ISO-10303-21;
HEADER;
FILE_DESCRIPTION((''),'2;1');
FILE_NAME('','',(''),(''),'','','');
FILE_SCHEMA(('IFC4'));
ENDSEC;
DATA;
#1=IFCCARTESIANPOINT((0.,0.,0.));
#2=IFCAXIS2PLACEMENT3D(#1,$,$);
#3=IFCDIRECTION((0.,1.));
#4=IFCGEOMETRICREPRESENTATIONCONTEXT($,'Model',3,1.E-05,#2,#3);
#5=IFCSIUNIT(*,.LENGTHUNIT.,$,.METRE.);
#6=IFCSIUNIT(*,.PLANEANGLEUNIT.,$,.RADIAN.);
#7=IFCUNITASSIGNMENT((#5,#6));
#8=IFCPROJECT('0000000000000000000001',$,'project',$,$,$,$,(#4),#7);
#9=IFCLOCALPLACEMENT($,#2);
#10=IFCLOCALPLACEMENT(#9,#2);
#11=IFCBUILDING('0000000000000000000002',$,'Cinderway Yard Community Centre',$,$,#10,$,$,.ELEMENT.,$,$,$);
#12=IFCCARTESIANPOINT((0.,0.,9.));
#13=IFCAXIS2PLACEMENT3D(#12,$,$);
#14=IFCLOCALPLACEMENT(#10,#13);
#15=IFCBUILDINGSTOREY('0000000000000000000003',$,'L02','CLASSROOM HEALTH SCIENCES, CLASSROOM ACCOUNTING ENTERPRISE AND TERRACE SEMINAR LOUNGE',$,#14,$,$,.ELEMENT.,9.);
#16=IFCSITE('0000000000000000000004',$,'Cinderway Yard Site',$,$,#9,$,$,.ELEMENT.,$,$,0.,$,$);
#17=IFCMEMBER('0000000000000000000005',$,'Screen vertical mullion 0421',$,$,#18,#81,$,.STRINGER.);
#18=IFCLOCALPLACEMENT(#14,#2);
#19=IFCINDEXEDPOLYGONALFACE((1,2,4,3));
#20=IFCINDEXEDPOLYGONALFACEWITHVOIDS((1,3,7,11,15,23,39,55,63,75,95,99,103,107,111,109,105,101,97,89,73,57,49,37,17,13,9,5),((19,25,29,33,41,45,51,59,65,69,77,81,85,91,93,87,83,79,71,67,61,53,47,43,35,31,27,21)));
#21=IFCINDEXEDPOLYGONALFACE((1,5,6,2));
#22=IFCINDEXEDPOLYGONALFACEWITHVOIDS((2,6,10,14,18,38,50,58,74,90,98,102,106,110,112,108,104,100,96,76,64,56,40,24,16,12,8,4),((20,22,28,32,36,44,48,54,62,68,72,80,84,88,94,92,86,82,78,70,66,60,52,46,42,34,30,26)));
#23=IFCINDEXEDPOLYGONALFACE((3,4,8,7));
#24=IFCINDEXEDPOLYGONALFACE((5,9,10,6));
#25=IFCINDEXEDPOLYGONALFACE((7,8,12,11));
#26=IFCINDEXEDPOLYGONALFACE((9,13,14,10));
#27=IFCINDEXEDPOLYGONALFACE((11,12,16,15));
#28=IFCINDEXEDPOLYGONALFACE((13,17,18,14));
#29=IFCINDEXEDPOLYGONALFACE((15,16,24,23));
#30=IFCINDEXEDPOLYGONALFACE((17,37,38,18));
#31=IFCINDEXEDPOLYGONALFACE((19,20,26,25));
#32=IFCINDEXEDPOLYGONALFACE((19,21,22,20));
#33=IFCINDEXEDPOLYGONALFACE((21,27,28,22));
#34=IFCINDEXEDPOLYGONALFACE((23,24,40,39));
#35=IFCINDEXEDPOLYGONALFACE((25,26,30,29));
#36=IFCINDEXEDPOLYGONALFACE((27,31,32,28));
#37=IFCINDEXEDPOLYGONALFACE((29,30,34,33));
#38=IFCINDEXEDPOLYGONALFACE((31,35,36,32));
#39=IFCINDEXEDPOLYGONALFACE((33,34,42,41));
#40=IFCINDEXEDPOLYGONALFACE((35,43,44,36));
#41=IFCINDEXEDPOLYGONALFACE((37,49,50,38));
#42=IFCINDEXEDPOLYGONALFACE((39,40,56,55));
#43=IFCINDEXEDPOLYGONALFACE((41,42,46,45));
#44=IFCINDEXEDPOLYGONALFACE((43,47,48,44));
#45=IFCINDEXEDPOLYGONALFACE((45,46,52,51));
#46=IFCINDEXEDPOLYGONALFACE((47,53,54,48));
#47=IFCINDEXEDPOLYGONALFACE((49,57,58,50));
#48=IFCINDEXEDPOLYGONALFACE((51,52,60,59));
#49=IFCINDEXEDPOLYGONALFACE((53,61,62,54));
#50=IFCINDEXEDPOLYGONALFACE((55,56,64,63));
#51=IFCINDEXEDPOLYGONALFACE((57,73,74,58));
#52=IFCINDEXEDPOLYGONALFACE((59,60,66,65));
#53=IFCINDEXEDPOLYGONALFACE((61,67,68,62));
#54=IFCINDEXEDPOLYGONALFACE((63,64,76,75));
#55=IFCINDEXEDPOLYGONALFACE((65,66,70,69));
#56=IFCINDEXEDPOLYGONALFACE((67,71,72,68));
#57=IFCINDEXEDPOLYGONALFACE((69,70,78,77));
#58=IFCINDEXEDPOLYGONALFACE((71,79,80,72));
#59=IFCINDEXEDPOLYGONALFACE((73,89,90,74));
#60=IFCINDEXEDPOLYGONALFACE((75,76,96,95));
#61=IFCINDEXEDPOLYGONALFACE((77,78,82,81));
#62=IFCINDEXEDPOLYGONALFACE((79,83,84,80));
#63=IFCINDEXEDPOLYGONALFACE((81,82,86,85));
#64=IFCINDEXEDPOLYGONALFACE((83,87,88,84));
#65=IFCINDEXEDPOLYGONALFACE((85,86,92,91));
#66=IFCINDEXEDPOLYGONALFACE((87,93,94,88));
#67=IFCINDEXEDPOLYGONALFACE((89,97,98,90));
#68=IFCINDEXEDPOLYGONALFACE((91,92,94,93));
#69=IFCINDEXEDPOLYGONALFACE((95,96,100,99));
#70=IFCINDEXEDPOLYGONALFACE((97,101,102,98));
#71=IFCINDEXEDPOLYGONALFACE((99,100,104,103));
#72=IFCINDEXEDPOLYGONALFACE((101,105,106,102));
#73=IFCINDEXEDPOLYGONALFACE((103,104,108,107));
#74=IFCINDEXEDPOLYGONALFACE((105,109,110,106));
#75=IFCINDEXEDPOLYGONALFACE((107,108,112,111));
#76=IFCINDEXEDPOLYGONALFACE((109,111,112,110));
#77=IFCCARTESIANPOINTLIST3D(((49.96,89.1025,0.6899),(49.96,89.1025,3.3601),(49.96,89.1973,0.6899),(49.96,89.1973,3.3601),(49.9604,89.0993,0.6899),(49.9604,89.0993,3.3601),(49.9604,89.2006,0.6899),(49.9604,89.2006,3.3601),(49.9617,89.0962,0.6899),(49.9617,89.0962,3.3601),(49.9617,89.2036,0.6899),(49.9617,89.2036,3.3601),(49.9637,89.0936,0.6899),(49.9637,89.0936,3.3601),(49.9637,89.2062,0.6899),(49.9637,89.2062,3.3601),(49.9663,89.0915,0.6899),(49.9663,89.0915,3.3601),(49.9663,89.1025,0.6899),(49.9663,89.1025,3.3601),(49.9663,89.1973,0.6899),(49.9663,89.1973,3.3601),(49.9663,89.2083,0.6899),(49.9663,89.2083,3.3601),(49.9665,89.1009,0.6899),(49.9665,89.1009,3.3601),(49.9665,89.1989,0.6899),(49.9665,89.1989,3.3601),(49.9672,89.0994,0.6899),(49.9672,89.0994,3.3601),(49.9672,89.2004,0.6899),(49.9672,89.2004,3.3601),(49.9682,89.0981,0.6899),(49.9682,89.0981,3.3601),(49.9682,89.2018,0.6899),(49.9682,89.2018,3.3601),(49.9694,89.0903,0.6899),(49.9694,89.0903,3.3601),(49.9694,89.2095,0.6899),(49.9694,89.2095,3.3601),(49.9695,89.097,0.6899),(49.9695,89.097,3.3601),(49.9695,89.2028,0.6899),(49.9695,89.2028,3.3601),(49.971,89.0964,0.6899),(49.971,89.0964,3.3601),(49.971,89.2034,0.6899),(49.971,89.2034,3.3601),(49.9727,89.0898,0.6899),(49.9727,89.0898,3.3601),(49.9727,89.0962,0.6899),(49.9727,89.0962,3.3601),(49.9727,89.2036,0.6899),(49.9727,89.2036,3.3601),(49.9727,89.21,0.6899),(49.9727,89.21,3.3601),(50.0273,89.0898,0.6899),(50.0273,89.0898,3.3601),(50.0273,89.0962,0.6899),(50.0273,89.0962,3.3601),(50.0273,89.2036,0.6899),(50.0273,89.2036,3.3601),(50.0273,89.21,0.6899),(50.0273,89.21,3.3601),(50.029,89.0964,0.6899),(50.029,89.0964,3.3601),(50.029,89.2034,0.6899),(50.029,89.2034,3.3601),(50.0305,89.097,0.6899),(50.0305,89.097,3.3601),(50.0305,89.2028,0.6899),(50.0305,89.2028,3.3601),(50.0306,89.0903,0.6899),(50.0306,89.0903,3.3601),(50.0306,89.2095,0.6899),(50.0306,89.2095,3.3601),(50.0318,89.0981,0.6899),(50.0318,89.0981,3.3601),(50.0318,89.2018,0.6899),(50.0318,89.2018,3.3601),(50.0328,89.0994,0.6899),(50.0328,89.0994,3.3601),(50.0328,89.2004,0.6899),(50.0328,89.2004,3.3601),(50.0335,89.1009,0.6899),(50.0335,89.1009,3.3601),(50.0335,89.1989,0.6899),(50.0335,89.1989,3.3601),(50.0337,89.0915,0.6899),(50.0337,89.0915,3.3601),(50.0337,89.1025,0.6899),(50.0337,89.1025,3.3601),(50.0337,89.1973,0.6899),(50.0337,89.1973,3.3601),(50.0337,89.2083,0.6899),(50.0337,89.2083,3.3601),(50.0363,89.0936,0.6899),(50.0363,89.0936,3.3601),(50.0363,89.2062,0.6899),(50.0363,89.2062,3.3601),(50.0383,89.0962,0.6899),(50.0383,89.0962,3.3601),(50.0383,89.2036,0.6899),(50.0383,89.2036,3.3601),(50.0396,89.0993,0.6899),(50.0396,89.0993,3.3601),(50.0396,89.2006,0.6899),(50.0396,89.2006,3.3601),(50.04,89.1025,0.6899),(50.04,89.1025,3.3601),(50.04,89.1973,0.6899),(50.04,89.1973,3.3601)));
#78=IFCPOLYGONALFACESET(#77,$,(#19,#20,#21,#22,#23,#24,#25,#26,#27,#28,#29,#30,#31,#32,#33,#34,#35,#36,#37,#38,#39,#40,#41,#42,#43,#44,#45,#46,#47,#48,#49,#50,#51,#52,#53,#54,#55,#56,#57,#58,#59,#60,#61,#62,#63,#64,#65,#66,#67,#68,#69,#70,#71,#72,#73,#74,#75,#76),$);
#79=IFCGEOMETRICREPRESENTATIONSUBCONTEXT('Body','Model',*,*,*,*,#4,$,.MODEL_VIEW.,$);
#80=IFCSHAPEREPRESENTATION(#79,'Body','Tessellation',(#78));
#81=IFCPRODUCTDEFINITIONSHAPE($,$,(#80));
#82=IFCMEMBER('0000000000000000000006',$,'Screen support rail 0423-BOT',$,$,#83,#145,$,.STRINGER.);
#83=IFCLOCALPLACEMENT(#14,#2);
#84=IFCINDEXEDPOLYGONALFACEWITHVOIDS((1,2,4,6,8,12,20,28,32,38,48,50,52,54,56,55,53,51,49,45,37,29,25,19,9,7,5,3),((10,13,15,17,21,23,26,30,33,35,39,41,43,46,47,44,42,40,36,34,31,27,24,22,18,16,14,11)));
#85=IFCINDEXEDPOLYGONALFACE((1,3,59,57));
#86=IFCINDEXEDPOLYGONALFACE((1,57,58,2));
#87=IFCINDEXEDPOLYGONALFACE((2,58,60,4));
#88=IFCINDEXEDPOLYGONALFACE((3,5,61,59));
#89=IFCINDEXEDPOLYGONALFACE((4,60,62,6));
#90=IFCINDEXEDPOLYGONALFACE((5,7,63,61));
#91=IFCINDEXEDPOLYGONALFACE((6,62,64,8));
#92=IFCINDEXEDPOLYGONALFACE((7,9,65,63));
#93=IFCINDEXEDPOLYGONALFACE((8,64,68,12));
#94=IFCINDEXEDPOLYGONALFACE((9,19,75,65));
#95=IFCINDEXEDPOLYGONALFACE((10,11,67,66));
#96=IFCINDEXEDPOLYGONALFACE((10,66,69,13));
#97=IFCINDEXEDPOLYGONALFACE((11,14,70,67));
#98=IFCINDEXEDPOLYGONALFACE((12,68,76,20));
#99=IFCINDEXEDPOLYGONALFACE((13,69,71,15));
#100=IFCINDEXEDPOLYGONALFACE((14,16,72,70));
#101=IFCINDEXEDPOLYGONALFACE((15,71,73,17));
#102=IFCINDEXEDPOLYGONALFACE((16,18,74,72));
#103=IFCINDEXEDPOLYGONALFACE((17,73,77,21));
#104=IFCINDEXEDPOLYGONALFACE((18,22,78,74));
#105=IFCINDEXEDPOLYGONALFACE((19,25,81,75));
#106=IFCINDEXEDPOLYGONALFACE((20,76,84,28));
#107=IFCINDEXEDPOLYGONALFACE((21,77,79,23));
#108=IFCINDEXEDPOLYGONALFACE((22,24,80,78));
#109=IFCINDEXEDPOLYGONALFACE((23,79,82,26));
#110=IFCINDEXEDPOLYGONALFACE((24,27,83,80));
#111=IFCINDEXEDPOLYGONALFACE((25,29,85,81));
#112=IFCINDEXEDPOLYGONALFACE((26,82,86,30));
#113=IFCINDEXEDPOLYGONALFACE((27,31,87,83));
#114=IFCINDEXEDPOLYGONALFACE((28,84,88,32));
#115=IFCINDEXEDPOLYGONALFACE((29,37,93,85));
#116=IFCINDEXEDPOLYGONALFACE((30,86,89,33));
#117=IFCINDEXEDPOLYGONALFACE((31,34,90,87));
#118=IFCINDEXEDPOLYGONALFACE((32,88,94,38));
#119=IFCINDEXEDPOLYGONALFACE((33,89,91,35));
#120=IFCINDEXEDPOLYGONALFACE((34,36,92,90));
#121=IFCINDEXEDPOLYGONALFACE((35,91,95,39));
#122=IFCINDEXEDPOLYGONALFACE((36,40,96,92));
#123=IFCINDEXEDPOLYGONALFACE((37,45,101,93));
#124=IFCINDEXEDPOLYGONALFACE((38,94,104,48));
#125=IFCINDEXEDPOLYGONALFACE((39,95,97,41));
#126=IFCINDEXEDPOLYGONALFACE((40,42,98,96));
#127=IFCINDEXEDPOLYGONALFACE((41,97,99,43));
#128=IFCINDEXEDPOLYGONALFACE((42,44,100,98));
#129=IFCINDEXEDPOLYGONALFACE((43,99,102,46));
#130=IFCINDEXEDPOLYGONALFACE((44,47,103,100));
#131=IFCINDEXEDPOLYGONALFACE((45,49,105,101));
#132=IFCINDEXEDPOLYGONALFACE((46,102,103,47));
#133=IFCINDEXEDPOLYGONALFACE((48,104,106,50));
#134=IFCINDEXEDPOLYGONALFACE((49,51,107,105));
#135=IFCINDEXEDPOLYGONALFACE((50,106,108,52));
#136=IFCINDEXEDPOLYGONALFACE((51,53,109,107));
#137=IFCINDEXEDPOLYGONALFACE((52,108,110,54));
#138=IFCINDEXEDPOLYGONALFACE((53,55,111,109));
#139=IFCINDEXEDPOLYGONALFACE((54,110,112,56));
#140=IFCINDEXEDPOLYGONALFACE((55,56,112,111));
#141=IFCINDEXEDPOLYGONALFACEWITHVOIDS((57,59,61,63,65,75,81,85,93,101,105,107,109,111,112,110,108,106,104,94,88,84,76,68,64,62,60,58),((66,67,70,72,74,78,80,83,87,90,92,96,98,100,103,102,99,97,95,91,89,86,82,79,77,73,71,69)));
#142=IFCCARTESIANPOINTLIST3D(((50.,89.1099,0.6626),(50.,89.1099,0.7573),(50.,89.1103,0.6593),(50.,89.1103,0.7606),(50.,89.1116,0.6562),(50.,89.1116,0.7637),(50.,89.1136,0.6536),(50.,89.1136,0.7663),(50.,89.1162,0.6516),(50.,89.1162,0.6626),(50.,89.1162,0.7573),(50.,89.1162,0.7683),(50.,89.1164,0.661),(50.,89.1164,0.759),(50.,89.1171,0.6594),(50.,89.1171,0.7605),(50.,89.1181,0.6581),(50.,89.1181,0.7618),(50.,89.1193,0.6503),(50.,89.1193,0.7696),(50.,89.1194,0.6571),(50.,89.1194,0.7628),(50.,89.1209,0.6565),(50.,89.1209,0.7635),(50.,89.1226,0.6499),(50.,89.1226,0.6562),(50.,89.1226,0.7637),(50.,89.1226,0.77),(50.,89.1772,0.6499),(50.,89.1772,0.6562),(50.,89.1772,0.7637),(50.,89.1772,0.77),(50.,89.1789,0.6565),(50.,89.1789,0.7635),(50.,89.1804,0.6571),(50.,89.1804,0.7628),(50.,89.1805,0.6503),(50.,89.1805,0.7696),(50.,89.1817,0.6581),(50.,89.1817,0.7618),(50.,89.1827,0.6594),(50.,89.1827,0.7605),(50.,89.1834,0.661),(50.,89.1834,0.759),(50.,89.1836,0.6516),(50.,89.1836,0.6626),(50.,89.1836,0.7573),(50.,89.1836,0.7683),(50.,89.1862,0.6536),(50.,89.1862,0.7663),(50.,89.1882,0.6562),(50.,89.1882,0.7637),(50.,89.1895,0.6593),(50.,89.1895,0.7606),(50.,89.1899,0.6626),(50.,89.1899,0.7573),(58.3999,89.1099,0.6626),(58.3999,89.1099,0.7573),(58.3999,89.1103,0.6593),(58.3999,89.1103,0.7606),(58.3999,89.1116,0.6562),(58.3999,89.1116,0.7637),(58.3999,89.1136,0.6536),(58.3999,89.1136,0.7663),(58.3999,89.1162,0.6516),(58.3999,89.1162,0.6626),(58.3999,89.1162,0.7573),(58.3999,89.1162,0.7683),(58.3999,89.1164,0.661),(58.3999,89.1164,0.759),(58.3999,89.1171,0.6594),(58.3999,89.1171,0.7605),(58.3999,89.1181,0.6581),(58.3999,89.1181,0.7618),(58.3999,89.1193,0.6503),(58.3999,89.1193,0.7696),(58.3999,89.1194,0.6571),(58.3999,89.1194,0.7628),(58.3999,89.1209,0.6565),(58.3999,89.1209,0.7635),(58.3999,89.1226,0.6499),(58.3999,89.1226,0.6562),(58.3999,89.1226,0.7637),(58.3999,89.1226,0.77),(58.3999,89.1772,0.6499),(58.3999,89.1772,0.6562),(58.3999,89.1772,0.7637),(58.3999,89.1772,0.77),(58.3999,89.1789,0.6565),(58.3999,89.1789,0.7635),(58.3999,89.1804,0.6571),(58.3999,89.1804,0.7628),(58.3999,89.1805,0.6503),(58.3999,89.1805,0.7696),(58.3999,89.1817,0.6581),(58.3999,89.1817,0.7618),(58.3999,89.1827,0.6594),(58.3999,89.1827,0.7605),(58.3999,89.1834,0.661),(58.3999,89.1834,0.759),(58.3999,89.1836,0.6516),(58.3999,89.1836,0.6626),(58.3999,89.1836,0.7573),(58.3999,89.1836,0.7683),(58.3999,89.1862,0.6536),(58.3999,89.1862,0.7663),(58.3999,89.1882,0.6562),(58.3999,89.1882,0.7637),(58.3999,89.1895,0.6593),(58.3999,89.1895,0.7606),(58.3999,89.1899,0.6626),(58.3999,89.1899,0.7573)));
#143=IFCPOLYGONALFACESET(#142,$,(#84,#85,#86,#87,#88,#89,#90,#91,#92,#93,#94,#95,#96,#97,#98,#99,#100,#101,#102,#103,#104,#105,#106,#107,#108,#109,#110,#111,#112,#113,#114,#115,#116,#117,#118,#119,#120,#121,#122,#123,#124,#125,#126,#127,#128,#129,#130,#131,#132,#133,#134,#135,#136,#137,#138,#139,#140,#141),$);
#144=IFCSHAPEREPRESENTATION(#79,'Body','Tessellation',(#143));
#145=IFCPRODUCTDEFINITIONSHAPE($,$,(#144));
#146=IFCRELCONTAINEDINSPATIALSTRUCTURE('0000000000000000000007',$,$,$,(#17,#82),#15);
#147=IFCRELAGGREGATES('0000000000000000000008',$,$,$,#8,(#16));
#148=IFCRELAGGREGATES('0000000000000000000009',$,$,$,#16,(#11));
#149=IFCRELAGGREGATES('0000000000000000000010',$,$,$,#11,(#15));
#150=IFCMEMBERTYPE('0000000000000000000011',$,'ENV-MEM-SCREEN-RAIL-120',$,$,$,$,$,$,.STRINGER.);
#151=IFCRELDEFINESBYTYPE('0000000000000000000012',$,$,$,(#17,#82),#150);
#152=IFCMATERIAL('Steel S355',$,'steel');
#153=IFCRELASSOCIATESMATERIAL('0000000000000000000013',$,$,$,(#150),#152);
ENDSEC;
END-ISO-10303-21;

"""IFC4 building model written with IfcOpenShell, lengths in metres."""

from ifc_helpers import new_model, si_unit, direction, frame, origin, origin_2d, place, context, subcontext, project, spatial, hollow_rectangle, extrude, material, material_profile, profile_set, type_object, element, save


model = new_model("IFC4")

# Units and contexts
model_context = context("Model", 3, precision=1e-05, world=origin(), true_north=direction((0.0, 1.0)))
body_context = subcontext(model_context, "Body", "Model", "MODEL_VIEW")
ifc_project = project(units=[si_unit("LENGTHUNIT", "METRE"), si_unit("PLANEANGLEUNIT", "RADIAN")], contexts=[model_context])

# Site, building, storey
site_placement = place(None, origin())
site = spatial("IfcSite", under=ifc_project, at=site_placement, Name="Cinderway Yard Site", CompositionType="ELEMENT", RefElevation=0.0)
building_placement = place(site_placement, origin())
building = spatial("IfcBuilding", under=site, at=building_placement, Name="Cinderway Yard Community Centre", CompositionType="ELEMENT")
storey_placement = place(building_placement, frame((0.0, 0.0, 9.0)))
storey = spatial("IfcBuildingStorey", under=building, at=storey_placement, Name="L02", Description="CLASSROOM HEALTH SCIENCES, CLASSROOM ACCOUNTING ENTERPRISE AND TERRACE SEMINAR LOUNGE", CompositionType="ELEMENT", Elevation=9.0)

# Members
ifc_material_1 = material(Name="Steel S355", Category="steel")
ifc_material_profile_1 = material_profile(ifc_material_1, hollow_rectangle(XDim=0.0801, YDim=0.1201, WallThickness=0.0063, InnerFilletRadius=0.0063, OuterFilletRadius=0.0127, at=origin_2d()), Name="Steel S355")
ifc_profile_set_1 = profile_set([ifc_material_profile_1], Name="Steel S355")
member_type_1 = type_object("IfcMemberType", Name="ENV-MEM-SCREEN-RAIL-120", PredefinedType="STRINGER", material=ifc_profile_set_1)
member_1_placement = place(storey_placement, frame((50.0, 89.1499, 0.6899), z_axis=(0.0, 0.0, 1.0), x_axis=(1.0, 0.0, 0.0)))
element("IfcMember", 1, at=member_1_placement, inside=storey, type_object=member_type_1, Name="Screen vertical mullion 0421", PredefinedType="STRINGER", context=body_context, shape_type="SweptSolid", body=[
    extrude(hollow_rectangle(XDim=0.0801, YDim=0.1201, WallThickness=0.0063, InnerFilletRadius=0.0063, OuterFilletRadius=0.0127, at=origin_2d()), origin(), (0.0, 0.0, 1.0), 2.6702),
])
for number, where, z_axis, x_axis, name in (
    (2, (50.0, 89.1499, 0.71), (1.0, 0.0, 0.0), (0.0, 1.0, 0.0), "Screen support rail 0423-BOT"),
):
    element("IfcMember", number, at=place(storey_placement, frame(where, z_axis=z_axis, x_axis=x_axis)), inside=storey, type_object=member_type_1, Name=name, PredefinedType="STRINGER", context=body_context, shape_type="SweptSolid", body=[
        extrude(hollow_rectangle(XDim=0.0801, YDim=0.1201, WallThickness=0.0063, InnerFilletRadius=0.0063, OuterFilletRadius=0.0127, at=origin_2d()), origin(), (0.0, 0.0, 1.0), 8.3999),
    ])

save(model, "model.ifc")
